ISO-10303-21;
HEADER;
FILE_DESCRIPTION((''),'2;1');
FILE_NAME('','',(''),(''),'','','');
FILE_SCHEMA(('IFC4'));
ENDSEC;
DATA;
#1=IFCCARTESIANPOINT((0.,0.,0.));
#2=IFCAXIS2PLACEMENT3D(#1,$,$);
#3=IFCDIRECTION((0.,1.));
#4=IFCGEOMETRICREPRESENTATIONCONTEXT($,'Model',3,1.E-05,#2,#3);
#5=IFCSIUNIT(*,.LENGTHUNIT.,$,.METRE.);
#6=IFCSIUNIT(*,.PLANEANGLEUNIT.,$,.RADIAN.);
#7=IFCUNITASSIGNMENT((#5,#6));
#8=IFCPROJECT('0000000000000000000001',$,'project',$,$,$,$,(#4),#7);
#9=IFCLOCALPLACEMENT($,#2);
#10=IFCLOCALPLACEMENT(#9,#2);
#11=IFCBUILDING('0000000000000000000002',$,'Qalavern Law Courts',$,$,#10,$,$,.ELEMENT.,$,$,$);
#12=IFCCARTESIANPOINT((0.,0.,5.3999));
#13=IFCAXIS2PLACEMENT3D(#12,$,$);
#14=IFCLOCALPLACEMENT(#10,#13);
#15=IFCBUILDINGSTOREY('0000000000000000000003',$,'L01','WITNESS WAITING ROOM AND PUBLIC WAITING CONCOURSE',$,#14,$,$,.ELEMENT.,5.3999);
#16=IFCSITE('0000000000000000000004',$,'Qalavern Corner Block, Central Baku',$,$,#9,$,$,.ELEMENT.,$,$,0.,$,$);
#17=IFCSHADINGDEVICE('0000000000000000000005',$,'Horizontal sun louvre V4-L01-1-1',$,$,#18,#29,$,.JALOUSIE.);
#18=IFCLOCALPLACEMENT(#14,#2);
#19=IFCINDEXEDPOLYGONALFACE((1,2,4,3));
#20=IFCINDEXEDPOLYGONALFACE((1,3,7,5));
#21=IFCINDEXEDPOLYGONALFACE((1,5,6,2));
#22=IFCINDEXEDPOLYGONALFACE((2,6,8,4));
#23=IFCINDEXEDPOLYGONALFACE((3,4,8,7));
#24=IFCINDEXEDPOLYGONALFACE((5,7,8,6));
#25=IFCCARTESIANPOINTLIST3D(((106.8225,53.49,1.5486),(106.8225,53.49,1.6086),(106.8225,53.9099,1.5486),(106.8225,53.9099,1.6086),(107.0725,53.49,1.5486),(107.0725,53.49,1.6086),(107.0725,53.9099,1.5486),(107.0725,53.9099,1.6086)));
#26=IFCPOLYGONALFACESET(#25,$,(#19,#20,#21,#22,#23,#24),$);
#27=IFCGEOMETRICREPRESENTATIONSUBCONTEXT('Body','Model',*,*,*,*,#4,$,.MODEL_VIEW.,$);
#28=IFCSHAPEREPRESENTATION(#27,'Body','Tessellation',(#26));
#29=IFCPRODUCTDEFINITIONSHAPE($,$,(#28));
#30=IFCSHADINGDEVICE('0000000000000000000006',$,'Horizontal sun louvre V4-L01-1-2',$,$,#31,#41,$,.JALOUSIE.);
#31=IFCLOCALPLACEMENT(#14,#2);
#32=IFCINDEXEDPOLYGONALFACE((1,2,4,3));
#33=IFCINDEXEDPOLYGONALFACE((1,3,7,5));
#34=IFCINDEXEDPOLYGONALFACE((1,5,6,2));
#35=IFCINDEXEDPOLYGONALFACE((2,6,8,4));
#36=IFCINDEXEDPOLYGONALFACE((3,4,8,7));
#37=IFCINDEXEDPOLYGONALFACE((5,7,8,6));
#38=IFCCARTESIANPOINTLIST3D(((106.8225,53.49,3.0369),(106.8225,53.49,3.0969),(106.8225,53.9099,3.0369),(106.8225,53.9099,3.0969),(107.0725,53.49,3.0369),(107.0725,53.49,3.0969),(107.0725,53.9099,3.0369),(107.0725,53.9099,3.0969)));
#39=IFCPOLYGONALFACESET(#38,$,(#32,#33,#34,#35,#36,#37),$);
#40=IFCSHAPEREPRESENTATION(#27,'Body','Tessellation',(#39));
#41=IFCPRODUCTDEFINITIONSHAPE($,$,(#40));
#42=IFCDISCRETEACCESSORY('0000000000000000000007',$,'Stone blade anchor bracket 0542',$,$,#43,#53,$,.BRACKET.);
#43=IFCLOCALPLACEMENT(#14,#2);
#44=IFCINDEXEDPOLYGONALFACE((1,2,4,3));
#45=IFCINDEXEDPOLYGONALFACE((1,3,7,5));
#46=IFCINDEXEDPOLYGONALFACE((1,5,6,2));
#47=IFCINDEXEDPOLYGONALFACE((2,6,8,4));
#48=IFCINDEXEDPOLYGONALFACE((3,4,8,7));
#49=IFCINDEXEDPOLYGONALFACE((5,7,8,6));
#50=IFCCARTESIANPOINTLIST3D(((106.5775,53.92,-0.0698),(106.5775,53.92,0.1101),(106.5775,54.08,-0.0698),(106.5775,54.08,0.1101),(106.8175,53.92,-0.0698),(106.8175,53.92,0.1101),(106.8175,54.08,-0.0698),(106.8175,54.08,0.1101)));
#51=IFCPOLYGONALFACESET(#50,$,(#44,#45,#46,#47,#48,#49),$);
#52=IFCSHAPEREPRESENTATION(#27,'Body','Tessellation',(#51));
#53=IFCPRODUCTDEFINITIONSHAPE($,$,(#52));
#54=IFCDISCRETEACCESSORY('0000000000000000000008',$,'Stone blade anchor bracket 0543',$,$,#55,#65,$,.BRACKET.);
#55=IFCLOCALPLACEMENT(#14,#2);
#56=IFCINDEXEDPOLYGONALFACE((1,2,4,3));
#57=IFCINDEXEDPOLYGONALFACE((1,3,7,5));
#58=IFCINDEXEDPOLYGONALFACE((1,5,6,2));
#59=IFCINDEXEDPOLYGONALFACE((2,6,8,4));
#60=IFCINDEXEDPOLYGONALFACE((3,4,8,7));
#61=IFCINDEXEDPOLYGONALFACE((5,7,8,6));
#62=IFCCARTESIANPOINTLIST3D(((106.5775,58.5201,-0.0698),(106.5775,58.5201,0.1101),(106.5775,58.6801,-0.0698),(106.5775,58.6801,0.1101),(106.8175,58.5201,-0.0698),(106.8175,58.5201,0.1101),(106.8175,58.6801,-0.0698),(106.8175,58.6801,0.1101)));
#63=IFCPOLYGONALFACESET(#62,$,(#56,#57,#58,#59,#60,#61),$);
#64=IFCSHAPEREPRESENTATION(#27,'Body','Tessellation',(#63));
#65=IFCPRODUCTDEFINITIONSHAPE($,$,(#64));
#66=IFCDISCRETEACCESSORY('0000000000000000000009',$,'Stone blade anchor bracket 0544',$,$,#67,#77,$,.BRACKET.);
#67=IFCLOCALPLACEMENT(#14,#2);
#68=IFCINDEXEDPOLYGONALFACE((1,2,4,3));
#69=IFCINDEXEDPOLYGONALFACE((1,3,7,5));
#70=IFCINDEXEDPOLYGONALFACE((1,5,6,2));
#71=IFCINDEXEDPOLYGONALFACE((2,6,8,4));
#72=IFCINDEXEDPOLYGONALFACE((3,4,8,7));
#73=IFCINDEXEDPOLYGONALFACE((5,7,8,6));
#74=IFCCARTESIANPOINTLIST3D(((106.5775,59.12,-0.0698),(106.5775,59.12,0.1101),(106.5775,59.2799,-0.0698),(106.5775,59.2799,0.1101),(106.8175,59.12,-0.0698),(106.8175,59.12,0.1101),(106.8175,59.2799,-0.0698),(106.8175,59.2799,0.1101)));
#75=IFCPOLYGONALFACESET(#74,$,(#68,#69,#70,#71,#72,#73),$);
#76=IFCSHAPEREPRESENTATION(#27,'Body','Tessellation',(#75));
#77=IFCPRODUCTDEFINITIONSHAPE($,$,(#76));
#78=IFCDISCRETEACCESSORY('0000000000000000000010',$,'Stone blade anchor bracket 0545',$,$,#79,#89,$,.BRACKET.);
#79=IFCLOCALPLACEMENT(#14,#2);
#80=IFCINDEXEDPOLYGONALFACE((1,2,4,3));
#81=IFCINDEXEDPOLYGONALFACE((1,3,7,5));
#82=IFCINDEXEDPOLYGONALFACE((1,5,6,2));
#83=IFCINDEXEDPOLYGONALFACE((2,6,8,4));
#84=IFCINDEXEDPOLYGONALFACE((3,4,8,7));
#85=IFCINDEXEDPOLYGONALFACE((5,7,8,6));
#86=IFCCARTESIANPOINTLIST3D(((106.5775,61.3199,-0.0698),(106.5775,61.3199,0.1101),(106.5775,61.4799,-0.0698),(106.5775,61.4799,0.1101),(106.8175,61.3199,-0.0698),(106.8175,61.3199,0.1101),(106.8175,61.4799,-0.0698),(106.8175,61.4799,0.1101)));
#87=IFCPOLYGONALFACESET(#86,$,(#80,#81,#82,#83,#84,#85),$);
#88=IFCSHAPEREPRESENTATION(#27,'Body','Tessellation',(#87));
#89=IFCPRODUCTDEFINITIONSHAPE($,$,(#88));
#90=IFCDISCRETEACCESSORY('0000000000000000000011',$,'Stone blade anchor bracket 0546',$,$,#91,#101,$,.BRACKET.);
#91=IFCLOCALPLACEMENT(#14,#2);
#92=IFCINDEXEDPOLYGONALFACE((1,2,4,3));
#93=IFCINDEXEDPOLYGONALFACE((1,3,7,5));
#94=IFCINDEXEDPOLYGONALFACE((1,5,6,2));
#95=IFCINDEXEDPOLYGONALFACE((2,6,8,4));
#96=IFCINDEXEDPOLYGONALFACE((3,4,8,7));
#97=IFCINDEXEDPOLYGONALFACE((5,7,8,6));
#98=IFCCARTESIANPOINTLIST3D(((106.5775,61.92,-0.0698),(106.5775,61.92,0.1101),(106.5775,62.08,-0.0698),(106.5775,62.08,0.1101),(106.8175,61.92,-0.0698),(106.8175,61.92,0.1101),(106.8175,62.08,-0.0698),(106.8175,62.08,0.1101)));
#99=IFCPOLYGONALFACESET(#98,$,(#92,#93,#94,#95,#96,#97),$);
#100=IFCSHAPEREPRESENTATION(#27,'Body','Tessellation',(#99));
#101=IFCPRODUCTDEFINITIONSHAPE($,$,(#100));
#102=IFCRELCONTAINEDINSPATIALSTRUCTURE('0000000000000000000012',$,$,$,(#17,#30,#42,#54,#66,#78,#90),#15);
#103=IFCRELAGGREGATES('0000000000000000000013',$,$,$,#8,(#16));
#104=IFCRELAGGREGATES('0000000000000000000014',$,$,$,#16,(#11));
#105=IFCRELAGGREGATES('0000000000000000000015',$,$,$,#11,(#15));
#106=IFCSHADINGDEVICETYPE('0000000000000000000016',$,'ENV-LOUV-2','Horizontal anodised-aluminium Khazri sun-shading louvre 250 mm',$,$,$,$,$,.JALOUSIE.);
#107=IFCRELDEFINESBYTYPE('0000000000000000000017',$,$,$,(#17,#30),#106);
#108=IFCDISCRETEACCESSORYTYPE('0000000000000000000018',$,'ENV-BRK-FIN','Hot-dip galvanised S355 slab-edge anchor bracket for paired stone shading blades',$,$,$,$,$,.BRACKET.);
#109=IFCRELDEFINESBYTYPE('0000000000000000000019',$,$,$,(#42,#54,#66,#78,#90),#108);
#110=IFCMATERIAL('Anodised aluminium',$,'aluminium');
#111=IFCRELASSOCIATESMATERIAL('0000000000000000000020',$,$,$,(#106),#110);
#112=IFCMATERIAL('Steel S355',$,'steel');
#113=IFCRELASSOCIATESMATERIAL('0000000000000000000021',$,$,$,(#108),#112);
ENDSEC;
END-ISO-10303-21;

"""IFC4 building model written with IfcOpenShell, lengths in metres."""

from ifc_helpers import new_model, si_unit, direction, frame, origin, origin_2d, place, context, subcontext, project, spatial, rectangle, extrude, material, type_object, element, save


model = new_model("IFC4")

# Units and contexts
model_context = context("Model", 3, precision=1e-05, world=origin(), true_north=direction((0.0, 1.0)))
body_context = subcontext(model_context, "Body", "Model", "MODEL_VIEW")
ifc_project = project(units=[si_unit("LENGTHUNIT", "METRE"), si_unit("PLANEANGLEUNIT", "RADIAN")], contexts=[model_context])

# Site, building, storey
site_placement = place(None, origin())
site = spatial("IfcSite", under=ifc_project, at=site_placement, Name="Qalavern Corner Block, Central Baku", CompositionType="ELEMENT", RefElevation=0.0)
building_placement = place(site_placement, origin())
building = spatial("IfcBuilding", under=site, at=building_placement, Name="Qalavern Law Courts", CompositionType="ELEMENT")
storey_placement = place(building_placement, frame((0.0, 0.0, 5.3999)))
storey = spatial("IfcBuildingStorey", under=building, at=storey_placement, Name="L01", Description="WITNESS WAITING ROOM AND PUBLIC WAITING CONCOURSE", CompositionType="ELEMENT", Elevation=5.3999)

# Shared definitions
ifc_material_1 = material(Name="Anodised aluminium", Category="aluminium")

# Shading devices
shading_device_type_1 = type_object("IfcShadingDeviceType", Name="ENV-LOUV-2", Description="Horizontal anodised-aluminium Khazri sun-shading louvre 250 mm", PredefinedType="JALOUSIE", material=ifc_material_1)
for number, where, z_axis, x_axis, name in (
    (1, (106.9475, 53.7, 1.5486), (0.0, 0.0, 1.0), (0.0, 1.0, 0.0), "Horizontal sun louvre V4-L01-1-1"),
    (2, (106.9475, 53.7, 3.0369), (0.0, 0.0, 1.0), (0.0, 1.0, 0.0), "Horizontal sun louvre V4-L01-1-2"),
):
    element("IfcShadingDevice", number, at=place(storey_placement, frame(where, z_axis=z_axis, x_axis=x_axis)), inside=storey, type_object=shading_device_type_1, Name=name, PredefinedType="JALOUSIE", context=body_context, shape_type="SweptSolid", body=[
        extrude(rectangle(XDim=0.4199, YDim=0.25, at=origin_2d()), origin(), (0.0, 0.0, 1.0), 0.0601),
    ])

# Discrete accessories
ifc_material_2 = material(Name="Steel S355", Category="steel")
discrete_accessory_type = type_object("IfcDiscreteAccessoryType", Name="ENV-BRK-FIN", Description="Hot-dip galvanised S355 slab-edge anchor bracket for paired stone shading blades", PredefinedType="BRACKET", material=ifc_material_2)
for number, where, z_axis, x_axis, name in (
    (3, (106.6975, 54.0, -0.0698), (0.0, 0.0, 1.0), (1.0, 0.0, 0.0), "Stone blade anchor bracket 0542"),
    (4, (106.6975, 58.6001, -0.0698), (0.0, 0.0, 1.0), (1.0, 0.0, 0.0), "Stone blade anchor bracket 0543"),
    (5, (106.6975, 59.2, -0.0698), (0.0, 0.0, 1.0), (1.0, 0.0, 0.0), "Stone blade anchor bracket 0544"),
    (6, (106.6975, 61.3999, -0.0698), (0.0, 0.0, 1.0), (1.0, 0.0, 0.0), "Stone blade anchor bracket 0545"),
    (7, (106.6975, 62.0, -0.0698), (0.0, 0.0, 1.0), (1.0, 0.0, 0.0), "Stone blade anchor bracket 0546"),
):
    element("IfcDiscreteAccessory", number, at=place(storey_placement, frame(where, z_axis=z_axis, x_axis=x_axis)), inside=storey, type_object=discrete_accessory_type, Name=name, PredefinedType="BRACKET", context=body_context, shape_type="SweptSolid", body=[
        extrude(rectangle(XDim=0.24, YDim=0.1599, at=origin_2d()), origin(), (0.0, 0.0, 1.0), 0.1799),
    ])

save(model, "model.ifc")
